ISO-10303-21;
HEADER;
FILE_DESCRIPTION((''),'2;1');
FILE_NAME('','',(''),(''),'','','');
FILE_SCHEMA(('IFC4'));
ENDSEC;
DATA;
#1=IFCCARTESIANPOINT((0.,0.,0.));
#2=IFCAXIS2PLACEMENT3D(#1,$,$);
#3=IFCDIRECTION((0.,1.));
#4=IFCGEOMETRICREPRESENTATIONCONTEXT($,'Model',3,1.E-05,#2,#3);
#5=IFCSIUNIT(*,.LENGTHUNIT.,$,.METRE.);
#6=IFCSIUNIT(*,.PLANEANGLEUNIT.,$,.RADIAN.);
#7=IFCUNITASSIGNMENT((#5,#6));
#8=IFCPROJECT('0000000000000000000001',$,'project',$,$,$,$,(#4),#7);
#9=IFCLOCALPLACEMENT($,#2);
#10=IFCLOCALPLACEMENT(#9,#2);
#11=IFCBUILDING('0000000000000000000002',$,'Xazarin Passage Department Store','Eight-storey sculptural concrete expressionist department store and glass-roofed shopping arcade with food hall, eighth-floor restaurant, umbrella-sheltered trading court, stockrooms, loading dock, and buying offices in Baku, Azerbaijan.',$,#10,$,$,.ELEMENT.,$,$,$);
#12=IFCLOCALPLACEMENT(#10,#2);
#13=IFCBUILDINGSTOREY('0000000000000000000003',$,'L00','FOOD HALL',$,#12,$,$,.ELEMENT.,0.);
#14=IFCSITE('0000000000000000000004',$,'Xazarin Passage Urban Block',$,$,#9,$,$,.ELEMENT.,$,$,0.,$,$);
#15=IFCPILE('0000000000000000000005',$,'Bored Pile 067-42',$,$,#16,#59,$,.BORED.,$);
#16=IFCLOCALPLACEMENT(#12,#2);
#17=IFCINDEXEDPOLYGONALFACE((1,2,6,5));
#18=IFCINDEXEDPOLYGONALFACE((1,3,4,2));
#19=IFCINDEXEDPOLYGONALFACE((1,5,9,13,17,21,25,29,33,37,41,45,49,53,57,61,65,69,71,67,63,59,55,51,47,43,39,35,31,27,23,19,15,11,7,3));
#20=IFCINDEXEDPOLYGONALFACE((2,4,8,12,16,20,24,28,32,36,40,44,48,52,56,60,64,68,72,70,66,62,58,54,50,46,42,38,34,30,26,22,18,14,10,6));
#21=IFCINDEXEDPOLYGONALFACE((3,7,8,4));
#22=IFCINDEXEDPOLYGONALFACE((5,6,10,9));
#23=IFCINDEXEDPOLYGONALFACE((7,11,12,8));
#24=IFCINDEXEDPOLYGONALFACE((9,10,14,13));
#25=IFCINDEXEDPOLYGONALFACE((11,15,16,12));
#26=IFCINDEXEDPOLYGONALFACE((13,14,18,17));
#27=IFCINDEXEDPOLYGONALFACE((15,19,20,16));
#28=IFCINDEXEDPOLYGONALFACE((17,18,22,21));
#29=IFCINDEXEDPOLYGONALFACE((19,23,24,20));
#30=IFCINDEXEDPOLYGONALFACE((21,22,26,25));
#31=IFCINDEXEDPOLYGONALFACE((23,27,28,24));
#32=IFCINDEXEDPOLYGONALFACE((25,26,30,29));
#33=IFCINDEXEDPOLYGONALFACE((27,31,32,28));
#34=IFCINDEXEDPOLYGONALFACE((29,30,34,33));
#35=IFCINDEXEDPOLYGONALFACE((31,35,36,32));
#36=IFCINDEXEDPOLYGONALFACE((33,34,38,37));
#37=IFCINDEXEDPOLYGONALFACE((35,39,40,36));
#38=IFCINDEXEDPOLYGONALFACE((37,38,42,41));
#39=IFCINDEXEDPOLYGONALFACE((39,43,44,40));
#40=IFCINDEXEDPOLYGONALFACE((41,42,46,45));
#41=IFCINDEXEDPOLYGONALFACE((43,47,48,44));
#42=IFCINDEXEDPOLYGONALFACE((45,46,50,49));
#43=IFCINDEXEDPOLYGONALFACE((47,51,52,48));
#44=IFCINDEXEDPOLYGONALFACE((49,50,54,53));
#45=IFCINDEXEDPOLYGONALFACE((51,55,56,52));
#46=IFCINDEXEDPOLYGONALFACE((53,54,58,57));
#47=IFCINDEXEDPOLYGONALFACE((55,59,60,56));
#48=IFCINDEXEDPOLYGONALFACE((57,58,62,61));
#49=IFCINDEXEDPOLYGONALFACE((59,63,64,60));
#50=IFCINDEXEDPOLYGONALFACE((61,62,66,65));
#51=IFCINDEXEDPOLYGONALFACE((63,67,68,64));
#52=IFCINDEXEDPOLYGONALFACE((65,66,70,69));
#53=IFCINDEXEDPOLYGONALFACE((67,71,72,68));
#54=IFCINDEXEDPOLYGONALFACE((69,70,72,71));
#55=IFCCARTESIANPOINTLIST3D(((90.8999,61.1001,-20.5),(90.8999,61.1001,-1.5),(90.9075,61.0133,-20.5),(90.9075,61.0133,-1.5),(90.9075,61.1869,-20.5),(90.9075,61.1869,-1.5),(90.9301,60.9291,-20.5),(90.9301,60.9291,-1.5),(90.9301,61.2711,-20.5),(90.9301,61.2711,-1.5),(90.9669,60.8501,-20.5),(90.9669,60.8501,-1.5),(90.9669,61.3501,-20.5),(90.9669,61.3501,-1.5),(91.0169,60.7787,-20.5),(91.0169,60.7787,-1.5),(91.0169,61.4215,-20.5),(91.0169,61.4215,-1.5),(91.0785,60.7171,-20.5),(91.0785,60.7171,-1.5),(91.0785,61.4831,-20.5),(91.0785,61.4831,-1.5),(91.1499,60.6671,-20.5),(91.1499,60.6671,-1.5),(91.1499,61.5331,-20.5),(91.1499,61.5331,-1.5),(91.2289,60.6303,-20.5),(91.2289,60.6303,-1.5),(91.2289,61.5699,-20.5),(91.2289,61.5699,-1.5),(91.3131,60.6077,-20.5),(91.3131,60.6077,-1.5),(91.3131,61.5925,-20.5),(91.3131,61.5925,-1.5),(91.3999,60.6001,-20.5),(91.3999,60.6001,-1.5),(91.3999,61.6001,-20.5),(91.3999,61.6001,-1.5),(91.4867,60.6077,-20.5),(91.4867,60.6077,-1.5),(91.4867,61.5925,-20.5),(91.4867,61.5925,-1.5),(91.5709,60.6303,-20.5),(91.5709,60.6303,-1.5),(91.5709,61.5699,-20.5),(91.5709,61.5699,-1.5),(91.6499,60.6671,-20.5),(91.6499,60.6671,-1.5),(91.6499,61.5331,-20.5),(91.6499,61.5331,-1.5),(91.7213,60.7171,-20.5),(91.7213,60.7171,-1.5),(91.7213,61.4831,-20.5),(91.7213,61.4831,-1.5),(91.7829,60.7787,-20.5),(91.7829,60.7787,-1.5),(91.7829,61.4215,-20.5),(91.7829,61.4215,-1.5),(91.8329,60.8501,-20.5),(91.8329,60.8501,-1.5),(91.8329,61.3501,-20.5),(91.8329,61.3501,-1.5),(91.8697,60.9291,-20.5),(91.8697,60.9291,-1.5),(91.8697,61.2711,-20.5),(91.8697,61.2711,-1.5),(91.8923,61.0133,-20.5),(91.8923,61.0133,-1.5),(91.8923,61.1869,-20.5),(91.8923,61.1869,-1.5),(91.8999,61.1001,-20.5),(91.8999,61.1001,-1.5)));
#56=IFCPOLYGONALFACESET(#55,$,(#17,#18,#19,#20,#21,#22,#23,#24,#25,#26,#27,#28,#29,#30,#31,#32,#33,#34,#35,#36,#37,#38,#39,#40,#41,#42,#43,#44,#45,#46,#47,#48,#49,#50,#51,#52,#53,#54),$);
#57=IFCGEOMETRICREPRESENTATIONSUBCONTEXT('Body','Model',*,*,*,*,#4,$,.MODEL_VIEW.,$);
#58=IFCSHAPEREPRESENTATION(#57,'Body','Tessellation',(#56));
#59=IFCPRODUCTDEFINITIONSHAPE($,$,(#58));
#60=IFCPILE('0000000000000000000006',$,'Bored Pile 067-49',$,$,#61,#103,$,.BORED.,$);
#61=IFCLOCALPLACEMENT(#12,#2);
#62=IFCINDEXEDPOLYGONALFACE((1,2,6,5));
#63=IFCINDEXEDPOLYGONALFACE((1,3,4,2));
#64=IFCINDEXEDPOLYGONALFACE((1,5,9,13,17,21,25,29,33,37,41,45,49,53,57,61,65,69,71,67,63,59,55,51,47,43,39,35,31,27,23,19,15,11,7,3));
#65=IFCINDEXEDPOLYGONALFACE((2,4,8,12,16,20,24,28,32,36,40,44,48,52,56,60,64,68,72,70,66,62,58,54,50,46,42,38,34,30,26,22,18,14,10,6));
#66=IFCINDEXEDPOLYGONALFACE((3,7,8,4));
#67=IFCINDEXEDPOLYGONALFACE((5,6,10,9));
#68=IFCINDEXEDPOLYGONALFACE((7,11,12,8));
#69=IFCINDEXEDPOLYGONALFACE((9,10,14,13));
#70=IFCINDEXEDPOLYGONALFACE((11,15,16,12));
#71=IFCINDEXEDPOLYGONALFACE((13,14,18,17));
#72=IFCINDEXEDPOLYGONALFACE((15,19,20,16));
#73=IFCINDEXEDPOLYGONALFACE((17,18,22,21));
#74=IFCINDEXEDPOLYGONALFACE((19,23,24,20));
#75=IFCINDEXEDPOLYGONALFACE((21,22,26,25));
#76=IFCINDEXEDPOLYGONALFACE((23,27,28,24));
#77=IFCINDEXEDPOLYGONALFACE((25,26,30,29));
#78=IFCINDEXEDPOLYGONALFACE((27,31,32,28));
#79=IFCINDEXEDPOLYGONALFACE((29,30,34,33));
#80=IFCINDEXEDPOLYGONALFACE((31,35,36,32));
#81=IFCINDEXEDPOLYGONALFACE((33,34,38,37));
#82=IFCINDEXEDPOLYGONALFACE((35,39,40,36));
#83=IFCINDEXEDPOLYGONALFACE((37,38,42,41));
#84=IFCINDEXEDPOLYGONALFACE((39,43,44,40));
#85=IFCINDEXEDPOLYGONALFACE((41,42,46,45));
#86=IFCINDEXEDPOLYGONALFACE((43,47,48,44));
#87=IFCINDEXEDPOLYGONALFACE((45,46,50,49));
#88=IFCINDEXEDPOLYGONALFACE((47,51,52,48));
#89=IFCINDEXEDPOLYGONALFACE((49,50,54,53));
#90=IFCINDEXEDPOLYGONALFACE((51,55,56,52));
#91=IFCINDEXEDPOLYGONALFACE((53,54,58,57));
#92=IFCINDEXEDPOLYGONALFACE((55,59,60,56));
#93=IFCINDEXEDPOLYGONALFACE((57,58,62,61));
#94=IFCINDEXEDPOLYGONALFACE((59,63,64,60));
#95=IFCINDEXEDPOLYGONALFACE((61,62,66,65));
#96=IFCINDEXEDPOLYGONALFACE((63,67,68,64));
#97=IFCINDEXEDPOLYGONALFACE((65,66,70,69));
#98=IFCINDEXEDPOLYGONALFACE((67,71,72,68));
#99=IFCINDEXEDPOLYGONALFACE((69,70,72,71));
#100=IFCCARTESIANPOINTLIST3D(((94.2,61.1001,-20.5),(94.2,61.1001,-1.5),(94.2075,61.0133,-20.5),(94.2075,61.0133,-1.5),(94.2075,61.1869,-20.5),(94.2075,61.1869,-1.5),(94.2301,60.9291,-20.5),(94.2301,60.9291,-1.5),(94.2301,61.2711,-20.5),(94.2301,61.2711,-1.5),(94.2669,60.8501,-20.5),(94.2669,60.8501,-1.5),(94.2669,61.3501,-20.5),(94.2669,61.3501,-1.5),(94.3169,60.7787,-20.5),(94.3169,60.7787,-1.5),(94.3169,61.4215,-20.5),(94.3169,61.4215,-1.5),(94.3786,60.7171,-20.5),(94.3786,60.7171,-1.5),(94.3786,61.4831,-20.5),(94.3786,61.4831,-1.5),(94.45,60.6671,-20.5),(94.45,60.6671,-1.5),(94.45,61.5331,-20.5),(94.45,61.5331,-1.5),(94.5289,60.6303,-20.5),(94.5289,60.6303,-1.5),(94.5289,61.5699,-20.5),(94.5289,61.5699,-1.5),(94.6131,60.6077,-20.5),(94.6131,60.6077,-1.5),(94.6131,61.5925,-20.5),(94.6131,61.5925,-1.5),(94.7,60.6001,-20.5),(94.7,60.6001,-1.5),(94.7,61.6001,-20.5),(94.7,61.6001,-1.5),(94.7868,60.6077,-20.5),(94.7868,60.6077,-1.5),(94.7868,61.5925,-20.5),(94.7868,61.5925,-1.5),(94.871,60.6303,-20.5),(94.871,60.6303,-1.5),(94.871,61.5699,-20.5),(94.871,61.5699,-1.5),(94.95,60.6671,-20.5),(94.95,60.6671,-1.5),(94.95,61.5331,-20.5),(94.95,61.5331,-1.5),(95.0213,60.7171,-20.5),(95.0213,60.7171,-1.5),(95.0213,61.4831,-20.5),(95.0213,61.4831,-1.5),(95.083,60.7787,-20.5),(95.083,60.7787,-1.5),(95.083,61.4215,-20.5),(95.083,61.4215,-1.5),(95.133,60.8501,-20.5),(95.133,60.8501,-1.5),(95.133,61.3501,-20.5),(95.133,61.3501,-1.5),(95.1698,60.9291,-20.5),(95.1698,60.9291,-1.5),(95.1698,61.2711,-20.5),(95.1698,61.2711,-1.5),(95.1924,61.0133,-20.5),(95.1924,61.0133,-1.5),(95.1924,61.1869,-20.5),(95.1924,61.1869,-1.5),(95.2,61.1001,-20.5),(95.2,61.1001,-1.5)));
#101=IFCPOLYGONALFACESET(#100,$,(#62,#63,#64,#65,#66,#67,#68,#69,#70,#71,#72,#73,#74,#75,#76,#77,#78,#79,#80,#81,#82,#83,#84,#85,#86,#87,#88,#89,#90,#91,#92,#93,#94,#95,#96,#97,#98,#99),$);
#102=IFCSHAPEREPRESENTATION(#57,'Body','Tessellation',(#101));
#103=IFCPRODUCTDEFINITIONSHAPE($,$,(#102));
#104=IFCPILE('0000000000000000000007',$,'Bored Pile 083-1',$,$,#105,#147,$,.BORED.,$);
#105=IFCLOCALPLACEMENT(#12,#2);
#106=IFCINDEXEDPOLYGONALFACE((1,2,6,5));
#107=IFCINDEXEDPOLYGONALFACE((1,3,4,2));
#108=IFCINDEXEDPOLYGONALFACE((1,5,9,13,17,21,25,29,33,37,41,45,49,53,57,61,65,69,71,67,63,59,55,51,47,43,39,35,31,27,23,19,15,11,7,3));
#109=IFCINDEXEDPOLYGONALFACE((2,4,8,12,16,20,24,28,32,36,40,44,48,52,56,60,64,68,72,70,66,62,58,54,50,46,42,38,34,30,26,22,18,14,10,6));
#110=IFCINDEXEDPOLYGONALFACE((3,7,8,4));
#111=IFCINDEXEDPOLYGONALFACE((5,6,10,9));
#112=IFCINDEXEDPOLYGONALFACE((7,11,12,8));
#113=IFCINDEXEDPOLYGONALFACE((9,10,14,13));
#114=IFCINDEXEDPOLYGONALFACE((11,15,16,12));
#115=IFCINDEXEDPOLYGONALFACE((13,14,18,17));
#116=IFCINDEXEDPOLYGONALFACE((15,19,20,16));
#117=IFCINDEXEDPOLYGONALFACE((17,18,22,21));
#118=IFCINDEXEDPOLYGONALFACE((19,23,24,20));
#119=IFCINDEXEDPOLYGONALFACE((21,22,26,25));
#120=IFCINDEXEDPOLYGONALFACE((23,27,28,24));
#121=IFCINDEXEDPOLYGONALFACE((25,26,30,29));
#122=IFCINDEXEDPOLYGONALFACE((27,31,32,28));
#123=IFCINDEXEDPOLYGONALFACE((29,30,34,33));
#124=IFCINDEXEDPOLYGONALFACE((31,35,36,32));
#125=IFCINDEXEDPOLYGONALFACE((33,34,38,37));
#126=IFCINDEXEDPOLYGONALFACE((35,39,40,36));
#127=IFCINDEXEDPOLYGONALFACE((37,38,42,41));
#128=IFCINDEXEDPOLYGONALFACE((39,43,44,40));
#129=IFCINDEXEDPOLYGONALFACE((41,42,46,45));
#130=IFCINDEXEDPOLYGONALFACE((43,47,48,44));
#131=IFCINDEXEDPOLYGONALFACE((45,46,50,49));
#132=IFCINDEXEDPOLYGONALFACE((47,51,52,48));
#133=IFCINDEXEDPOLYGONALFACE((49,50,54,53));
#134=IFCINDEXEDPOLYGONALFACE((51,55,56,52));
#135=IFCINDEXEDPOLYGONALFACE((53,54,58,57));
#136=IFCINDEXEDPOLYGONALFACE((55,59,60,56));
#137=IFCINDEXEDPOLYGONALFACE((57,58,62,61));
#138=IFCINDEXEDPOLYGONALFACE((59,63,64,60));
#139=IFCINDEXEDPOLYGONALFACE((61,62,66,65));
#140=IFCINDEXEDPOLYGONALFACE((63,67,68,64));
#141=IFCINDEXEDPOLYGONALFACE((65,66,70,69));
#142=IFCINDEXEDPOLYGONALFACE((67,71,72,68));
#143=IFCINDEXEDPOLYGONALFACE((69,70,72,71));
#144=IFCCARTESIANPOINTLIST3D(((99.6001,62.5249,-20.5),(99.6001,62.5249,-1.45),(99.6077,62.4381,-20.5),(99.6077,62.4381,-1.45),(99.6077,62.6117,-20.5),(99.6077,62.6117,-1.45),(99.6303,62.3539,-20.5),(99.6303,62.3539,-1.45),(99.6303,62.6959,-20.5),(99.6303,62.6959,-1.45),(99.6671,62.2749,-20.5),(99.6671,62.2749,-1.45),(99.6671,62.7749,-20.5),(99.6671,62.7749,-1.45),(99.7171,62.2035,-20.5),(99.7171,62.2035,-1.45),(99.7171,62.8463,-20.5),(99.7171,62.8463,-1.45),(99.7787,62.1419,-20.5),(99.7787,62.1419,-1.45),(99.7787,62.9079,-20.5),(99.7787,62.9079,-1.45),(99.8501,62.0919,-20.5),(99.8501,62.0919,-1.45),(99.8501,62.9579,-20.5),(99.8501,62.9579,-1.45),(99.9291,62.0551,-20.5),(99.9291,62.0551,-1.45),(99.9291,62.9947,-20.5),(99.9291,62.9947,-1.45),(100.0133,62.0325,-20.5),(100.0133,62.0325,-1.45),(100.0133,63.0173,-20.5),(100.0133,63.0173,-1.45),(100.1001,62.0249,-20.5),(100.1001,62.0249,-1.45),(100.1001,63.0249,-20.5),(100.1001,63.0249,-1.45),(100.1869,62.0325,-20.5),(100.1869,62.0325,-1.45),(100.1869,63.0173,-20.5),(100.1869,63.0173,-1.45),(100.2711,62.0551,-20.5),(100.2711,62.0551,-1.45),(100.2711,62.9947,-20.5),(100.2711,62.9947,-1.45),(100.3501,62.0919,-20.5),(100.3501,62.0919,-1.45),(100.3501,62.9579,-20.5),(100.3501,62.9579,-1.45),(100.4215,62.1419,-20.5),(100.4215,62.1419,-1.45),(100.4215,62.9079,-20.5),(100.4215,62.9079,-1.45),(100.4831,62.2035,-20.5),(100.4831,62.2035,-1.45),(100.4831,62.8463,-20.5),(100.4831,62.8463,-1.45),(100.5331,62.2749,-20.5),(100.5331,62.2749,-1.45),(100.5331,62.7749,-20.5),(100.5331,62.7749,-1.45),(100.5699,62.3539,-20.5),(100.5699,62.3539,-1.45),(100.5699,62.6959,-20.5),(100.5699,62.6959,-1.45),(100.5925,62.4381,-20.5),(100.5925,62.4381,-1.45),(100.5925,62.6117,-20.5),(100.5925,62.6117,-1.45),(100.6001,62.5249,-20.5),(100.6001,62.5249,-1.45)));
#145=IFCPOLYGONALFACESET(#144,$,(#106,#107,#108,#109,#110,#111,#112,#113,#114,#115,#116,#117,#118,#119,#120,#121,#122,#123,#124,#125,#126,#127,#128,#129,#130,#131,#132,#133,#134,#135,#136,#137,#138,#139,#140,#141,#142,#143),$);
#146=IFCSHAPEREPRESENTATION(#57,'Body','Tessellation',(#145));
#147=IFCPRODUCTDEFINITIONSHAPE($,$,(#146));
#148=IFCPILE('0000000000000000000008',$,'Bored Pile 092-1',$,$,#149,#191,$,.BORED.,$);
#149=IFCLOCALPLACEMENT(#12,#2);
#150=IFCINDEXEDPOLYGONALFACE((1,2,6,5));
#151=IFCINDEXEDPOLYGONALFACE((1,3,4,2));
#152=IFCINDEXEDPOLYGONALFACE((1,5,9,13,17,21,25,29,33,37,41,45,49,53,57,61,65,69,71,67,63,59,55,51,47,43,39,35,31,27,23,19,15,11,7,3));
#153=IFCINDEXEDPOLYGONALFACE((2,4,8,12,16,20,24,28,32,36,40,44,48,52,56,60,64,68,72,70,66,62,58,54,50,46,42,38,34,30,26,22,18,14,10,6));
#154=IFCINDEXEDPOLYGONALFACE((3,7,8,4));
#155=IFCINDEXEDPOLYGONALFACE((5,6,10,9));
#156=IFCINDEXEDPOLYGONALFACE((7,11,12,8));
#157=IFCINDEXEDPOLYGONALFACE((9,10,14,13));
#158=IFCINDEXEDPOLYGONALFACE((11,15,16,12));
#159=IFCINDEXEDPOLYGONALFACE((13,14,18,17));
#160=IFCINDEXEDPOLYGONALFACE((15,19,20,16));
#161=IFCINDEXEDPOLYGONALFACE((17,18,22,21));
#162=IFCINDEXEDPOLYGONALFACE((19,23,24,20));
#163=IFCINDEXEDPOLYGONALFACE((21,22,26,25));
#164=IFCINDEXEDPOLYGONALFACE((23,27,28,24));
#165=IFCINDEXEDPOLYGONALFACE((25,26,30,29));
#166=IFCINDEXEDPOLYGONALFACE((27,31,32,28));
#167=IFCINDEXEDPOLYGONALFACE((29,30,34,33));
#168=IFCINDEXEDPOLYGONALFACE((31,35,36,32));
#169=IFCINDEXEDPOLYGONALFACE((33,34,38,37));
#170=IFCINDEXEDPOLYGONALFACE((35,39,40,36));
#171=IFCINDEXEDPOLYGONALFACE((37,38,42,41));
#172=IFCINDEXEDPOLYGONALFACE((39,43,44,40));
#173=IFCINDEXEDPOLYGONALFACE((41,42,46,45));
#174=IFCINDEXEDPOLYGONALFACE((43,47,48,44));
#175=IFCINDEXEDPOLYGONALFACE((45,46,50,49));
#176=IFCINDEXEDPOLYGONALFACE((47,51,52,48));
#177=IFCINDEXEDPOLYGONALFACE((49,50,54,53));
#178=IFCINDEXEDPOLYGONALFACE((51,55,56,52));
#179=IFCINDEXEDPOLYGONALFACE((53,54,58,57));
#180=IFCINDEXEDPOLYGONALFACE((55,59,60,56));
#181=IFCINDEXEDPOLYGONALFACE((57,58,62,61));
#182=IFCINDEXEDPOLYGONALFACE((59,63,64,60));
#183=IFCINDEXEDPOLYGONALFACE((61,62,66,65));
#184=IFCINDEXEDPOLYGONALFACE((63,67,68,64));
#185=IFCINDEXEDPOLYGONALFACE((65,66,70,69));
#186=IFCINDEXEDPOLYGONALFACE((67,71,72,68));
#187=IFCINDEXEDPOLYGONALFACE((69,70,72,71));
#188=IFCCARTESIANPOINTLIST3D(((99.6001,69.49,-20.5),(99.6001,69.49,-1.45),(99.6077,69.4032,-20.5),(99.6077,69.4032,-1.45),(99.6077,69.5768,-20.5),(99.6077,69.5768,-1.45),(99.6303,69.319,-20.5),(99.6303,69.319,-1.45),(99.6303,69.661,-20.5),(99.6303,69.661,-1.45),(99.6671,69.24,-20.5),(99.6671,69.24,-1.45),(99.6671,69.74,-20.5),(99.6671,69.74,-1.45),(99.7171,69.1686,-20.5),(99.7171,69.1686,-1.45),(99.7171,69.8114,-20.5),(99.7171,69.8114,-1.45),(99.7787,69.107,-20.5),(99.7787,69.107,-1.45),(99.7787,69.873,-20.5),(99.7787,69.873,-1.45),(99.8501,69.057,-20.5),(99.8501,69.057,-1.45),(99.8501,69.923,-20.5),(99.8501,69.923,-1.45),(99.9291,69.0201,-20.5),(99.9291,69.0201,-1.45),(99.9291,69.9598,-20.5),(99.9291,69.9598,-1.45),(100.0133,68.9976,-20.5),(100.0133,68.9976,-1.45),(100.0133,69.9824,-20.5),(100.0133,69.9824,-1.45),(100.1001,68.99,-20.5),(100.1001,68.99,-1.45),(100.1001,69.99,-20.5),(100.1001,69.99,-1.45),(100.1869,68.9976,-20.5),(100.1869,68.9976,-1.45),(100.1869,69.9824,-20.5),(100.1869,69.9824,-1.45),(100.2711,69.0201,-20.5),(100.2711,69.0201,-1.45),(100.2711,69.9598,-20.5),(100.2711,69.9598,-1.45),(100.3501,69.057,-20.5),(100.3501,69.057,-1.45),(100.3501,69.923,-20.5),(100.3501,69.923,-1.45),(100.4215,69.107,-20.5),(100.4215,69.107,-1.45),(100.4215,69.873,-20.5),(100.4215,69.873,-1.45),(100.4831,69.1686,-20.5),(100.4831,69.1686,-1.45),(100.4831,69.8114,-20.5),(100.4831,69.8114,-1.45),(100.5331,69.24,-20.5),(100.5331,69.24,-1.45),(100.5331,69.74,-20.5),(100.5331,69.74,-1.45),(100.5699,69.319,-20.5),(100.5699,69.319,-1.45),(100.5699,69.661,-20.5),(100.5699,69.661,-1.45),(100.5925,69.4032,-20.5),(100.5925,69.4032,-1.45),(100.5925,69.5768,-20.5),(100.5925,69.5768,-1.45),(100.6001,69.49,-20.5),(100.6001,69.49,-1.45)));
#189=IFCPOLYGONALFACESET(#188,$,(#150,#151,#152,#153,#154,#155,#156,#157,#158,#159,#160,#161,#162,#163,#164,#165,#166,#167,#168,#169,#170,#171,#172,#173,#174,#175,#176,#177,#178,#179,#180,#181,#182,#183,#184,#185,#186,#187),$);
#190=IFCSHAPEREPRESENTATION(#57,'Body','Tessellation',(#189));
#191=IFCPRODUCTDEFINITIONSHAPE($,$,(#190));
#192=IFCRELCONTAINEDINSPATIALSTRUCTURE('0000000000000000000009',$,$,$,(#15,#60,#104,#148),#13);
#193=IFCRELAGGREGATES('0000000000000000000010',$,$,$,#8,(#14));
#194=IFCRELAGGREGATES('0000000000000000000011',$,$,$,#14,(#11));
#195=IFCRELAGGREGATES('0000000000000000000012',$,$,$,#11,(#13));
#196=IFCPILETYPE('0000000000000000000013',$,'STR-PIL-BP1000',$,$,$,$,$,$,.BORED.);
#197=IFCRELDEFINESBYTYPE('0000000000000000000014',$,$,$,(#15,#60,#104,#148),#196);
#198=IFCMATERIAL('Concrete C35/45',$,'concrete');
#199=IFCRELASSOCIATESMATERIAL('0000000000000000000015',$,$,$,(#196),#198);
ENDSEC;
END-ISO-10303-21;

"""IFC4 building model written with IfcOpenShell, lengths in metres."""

from ifc_helpers import new_model, si_unit, direction, frame, origin, origin_2d, place, context, subcontext, project, spatial, circle, extrude, material, material_profile, profile_set, type_object, element, save


model = new_model("IFC4")

# Units and contexts
model_context = context("Model", 3, precision=1e-05, world=origin(), true_north=direction((0.0, 1.0)))
body_context = subcontext(model_context, "Body", "Model", "MODEL_VIEW")
ifc_project = project(units=[si_unit("LENGTHUNIT", "METRE"), si_unit("PLANEANGLEUNIT", "RADIAN")], contexts=[model_context])

# Site, building, storey
site_placement = place(None, origin())
site = spatial("IfcSite", under=ifc_project, at=site_placement, Name="Xazarin Passage Urban Block", CompositionType="ELEMENT", RefElevation=0.0)
building_placement = place(site_placement, origin())
building = spatial("IfcBuilding", under=site, at=building_placement, Name="Xazarin Passage Department Store", Description="Eight-storey sculptural concrete expressionist department store and glass-roofed shopping arcade with food hall, eighth-floor restaurant, umbrella-sheltered trading court, stockrooms, loading dock, and buying offices in Baku, Azerbaijan.", CompositionType="ELEMENT")
storey_placement = place(building_placement, origin())
storey = spatial("IfcBuildingStorey", under=building, at=storey_placement, Name="L00", Description="FOOD HALL", CompositionType="ELEMENT", Elevation=0.0)

# Shared definitions
ifc_material_1 = material(Name="Concrete C35/45", Category="concrete")

# Piles
ifc_material_profile_1 = material_profile(ifc_material_1, circle(Radius=0.5, at=origin_2d()), Name="BP 1000")
ifc_profile_set_1 = profile_set([ifc_material_profile_1], Name="Concrete C35/45")
pile_type_1 = type_object("IfcPileType", Name="STR-PIL-BP1000", PredefinedType="BORED", material=ifc_profile_set_1)
for number, where, z_axis, x_axis, name in (
    (1, (91.3999, 61.1001, -1.5), (0.0, 0.0, -1.0), (1.0, 0.0, 0.0), "Bored Pile 067-42"),
    (2, (94.7, 61.1001, -1.5), (0.0, 0.0, -1.0), (1.0, 0.0, 0.0), "Bored Pile 067-49"),
):
    element("IfcPile", number, at=place(storey_placement, frame(where, z_axis=z_axis, x_axis=x_axis)), inside=storey, type_object=pile_type_1, Name=name, PredefinedType="BORED", context=body_context, shape_type="SweptSolid", body=[
        extrude(circle(Radius=0.5, at=origin_2d()), origin(), (0.0, 0.0, 1.0), 19.0),
    ])
for number, where, z_axis, x_axis, name in (
    (3, (100.1001, 62.5249, -1.45), (0.0, 0.0, -1.0), (1.0, 0.0, 0.0), "Bored Pile 083-1"),
    (4, (100.1001, 69.49, -1.45), (0.0, 0.0, -1.0), (1.0, 0.0, 0.0), "Bored Pile 092-1"),
):
    element("IfcPile", number, at=place(storey_placement, frame(where, z_axis=z_axis, x_axis=x_axis)), inside=storey, type_object=pile_type_1, Name=name, PredefinedType="BORED", context=body_context, shape_type="SweptSolid", body=[
        extrude(circle(Radius=0.5, at=origin_2d()), origin(), (0.0, 0.0, 1.0), 19.05),
    ])

save(model, "model.ifc")
